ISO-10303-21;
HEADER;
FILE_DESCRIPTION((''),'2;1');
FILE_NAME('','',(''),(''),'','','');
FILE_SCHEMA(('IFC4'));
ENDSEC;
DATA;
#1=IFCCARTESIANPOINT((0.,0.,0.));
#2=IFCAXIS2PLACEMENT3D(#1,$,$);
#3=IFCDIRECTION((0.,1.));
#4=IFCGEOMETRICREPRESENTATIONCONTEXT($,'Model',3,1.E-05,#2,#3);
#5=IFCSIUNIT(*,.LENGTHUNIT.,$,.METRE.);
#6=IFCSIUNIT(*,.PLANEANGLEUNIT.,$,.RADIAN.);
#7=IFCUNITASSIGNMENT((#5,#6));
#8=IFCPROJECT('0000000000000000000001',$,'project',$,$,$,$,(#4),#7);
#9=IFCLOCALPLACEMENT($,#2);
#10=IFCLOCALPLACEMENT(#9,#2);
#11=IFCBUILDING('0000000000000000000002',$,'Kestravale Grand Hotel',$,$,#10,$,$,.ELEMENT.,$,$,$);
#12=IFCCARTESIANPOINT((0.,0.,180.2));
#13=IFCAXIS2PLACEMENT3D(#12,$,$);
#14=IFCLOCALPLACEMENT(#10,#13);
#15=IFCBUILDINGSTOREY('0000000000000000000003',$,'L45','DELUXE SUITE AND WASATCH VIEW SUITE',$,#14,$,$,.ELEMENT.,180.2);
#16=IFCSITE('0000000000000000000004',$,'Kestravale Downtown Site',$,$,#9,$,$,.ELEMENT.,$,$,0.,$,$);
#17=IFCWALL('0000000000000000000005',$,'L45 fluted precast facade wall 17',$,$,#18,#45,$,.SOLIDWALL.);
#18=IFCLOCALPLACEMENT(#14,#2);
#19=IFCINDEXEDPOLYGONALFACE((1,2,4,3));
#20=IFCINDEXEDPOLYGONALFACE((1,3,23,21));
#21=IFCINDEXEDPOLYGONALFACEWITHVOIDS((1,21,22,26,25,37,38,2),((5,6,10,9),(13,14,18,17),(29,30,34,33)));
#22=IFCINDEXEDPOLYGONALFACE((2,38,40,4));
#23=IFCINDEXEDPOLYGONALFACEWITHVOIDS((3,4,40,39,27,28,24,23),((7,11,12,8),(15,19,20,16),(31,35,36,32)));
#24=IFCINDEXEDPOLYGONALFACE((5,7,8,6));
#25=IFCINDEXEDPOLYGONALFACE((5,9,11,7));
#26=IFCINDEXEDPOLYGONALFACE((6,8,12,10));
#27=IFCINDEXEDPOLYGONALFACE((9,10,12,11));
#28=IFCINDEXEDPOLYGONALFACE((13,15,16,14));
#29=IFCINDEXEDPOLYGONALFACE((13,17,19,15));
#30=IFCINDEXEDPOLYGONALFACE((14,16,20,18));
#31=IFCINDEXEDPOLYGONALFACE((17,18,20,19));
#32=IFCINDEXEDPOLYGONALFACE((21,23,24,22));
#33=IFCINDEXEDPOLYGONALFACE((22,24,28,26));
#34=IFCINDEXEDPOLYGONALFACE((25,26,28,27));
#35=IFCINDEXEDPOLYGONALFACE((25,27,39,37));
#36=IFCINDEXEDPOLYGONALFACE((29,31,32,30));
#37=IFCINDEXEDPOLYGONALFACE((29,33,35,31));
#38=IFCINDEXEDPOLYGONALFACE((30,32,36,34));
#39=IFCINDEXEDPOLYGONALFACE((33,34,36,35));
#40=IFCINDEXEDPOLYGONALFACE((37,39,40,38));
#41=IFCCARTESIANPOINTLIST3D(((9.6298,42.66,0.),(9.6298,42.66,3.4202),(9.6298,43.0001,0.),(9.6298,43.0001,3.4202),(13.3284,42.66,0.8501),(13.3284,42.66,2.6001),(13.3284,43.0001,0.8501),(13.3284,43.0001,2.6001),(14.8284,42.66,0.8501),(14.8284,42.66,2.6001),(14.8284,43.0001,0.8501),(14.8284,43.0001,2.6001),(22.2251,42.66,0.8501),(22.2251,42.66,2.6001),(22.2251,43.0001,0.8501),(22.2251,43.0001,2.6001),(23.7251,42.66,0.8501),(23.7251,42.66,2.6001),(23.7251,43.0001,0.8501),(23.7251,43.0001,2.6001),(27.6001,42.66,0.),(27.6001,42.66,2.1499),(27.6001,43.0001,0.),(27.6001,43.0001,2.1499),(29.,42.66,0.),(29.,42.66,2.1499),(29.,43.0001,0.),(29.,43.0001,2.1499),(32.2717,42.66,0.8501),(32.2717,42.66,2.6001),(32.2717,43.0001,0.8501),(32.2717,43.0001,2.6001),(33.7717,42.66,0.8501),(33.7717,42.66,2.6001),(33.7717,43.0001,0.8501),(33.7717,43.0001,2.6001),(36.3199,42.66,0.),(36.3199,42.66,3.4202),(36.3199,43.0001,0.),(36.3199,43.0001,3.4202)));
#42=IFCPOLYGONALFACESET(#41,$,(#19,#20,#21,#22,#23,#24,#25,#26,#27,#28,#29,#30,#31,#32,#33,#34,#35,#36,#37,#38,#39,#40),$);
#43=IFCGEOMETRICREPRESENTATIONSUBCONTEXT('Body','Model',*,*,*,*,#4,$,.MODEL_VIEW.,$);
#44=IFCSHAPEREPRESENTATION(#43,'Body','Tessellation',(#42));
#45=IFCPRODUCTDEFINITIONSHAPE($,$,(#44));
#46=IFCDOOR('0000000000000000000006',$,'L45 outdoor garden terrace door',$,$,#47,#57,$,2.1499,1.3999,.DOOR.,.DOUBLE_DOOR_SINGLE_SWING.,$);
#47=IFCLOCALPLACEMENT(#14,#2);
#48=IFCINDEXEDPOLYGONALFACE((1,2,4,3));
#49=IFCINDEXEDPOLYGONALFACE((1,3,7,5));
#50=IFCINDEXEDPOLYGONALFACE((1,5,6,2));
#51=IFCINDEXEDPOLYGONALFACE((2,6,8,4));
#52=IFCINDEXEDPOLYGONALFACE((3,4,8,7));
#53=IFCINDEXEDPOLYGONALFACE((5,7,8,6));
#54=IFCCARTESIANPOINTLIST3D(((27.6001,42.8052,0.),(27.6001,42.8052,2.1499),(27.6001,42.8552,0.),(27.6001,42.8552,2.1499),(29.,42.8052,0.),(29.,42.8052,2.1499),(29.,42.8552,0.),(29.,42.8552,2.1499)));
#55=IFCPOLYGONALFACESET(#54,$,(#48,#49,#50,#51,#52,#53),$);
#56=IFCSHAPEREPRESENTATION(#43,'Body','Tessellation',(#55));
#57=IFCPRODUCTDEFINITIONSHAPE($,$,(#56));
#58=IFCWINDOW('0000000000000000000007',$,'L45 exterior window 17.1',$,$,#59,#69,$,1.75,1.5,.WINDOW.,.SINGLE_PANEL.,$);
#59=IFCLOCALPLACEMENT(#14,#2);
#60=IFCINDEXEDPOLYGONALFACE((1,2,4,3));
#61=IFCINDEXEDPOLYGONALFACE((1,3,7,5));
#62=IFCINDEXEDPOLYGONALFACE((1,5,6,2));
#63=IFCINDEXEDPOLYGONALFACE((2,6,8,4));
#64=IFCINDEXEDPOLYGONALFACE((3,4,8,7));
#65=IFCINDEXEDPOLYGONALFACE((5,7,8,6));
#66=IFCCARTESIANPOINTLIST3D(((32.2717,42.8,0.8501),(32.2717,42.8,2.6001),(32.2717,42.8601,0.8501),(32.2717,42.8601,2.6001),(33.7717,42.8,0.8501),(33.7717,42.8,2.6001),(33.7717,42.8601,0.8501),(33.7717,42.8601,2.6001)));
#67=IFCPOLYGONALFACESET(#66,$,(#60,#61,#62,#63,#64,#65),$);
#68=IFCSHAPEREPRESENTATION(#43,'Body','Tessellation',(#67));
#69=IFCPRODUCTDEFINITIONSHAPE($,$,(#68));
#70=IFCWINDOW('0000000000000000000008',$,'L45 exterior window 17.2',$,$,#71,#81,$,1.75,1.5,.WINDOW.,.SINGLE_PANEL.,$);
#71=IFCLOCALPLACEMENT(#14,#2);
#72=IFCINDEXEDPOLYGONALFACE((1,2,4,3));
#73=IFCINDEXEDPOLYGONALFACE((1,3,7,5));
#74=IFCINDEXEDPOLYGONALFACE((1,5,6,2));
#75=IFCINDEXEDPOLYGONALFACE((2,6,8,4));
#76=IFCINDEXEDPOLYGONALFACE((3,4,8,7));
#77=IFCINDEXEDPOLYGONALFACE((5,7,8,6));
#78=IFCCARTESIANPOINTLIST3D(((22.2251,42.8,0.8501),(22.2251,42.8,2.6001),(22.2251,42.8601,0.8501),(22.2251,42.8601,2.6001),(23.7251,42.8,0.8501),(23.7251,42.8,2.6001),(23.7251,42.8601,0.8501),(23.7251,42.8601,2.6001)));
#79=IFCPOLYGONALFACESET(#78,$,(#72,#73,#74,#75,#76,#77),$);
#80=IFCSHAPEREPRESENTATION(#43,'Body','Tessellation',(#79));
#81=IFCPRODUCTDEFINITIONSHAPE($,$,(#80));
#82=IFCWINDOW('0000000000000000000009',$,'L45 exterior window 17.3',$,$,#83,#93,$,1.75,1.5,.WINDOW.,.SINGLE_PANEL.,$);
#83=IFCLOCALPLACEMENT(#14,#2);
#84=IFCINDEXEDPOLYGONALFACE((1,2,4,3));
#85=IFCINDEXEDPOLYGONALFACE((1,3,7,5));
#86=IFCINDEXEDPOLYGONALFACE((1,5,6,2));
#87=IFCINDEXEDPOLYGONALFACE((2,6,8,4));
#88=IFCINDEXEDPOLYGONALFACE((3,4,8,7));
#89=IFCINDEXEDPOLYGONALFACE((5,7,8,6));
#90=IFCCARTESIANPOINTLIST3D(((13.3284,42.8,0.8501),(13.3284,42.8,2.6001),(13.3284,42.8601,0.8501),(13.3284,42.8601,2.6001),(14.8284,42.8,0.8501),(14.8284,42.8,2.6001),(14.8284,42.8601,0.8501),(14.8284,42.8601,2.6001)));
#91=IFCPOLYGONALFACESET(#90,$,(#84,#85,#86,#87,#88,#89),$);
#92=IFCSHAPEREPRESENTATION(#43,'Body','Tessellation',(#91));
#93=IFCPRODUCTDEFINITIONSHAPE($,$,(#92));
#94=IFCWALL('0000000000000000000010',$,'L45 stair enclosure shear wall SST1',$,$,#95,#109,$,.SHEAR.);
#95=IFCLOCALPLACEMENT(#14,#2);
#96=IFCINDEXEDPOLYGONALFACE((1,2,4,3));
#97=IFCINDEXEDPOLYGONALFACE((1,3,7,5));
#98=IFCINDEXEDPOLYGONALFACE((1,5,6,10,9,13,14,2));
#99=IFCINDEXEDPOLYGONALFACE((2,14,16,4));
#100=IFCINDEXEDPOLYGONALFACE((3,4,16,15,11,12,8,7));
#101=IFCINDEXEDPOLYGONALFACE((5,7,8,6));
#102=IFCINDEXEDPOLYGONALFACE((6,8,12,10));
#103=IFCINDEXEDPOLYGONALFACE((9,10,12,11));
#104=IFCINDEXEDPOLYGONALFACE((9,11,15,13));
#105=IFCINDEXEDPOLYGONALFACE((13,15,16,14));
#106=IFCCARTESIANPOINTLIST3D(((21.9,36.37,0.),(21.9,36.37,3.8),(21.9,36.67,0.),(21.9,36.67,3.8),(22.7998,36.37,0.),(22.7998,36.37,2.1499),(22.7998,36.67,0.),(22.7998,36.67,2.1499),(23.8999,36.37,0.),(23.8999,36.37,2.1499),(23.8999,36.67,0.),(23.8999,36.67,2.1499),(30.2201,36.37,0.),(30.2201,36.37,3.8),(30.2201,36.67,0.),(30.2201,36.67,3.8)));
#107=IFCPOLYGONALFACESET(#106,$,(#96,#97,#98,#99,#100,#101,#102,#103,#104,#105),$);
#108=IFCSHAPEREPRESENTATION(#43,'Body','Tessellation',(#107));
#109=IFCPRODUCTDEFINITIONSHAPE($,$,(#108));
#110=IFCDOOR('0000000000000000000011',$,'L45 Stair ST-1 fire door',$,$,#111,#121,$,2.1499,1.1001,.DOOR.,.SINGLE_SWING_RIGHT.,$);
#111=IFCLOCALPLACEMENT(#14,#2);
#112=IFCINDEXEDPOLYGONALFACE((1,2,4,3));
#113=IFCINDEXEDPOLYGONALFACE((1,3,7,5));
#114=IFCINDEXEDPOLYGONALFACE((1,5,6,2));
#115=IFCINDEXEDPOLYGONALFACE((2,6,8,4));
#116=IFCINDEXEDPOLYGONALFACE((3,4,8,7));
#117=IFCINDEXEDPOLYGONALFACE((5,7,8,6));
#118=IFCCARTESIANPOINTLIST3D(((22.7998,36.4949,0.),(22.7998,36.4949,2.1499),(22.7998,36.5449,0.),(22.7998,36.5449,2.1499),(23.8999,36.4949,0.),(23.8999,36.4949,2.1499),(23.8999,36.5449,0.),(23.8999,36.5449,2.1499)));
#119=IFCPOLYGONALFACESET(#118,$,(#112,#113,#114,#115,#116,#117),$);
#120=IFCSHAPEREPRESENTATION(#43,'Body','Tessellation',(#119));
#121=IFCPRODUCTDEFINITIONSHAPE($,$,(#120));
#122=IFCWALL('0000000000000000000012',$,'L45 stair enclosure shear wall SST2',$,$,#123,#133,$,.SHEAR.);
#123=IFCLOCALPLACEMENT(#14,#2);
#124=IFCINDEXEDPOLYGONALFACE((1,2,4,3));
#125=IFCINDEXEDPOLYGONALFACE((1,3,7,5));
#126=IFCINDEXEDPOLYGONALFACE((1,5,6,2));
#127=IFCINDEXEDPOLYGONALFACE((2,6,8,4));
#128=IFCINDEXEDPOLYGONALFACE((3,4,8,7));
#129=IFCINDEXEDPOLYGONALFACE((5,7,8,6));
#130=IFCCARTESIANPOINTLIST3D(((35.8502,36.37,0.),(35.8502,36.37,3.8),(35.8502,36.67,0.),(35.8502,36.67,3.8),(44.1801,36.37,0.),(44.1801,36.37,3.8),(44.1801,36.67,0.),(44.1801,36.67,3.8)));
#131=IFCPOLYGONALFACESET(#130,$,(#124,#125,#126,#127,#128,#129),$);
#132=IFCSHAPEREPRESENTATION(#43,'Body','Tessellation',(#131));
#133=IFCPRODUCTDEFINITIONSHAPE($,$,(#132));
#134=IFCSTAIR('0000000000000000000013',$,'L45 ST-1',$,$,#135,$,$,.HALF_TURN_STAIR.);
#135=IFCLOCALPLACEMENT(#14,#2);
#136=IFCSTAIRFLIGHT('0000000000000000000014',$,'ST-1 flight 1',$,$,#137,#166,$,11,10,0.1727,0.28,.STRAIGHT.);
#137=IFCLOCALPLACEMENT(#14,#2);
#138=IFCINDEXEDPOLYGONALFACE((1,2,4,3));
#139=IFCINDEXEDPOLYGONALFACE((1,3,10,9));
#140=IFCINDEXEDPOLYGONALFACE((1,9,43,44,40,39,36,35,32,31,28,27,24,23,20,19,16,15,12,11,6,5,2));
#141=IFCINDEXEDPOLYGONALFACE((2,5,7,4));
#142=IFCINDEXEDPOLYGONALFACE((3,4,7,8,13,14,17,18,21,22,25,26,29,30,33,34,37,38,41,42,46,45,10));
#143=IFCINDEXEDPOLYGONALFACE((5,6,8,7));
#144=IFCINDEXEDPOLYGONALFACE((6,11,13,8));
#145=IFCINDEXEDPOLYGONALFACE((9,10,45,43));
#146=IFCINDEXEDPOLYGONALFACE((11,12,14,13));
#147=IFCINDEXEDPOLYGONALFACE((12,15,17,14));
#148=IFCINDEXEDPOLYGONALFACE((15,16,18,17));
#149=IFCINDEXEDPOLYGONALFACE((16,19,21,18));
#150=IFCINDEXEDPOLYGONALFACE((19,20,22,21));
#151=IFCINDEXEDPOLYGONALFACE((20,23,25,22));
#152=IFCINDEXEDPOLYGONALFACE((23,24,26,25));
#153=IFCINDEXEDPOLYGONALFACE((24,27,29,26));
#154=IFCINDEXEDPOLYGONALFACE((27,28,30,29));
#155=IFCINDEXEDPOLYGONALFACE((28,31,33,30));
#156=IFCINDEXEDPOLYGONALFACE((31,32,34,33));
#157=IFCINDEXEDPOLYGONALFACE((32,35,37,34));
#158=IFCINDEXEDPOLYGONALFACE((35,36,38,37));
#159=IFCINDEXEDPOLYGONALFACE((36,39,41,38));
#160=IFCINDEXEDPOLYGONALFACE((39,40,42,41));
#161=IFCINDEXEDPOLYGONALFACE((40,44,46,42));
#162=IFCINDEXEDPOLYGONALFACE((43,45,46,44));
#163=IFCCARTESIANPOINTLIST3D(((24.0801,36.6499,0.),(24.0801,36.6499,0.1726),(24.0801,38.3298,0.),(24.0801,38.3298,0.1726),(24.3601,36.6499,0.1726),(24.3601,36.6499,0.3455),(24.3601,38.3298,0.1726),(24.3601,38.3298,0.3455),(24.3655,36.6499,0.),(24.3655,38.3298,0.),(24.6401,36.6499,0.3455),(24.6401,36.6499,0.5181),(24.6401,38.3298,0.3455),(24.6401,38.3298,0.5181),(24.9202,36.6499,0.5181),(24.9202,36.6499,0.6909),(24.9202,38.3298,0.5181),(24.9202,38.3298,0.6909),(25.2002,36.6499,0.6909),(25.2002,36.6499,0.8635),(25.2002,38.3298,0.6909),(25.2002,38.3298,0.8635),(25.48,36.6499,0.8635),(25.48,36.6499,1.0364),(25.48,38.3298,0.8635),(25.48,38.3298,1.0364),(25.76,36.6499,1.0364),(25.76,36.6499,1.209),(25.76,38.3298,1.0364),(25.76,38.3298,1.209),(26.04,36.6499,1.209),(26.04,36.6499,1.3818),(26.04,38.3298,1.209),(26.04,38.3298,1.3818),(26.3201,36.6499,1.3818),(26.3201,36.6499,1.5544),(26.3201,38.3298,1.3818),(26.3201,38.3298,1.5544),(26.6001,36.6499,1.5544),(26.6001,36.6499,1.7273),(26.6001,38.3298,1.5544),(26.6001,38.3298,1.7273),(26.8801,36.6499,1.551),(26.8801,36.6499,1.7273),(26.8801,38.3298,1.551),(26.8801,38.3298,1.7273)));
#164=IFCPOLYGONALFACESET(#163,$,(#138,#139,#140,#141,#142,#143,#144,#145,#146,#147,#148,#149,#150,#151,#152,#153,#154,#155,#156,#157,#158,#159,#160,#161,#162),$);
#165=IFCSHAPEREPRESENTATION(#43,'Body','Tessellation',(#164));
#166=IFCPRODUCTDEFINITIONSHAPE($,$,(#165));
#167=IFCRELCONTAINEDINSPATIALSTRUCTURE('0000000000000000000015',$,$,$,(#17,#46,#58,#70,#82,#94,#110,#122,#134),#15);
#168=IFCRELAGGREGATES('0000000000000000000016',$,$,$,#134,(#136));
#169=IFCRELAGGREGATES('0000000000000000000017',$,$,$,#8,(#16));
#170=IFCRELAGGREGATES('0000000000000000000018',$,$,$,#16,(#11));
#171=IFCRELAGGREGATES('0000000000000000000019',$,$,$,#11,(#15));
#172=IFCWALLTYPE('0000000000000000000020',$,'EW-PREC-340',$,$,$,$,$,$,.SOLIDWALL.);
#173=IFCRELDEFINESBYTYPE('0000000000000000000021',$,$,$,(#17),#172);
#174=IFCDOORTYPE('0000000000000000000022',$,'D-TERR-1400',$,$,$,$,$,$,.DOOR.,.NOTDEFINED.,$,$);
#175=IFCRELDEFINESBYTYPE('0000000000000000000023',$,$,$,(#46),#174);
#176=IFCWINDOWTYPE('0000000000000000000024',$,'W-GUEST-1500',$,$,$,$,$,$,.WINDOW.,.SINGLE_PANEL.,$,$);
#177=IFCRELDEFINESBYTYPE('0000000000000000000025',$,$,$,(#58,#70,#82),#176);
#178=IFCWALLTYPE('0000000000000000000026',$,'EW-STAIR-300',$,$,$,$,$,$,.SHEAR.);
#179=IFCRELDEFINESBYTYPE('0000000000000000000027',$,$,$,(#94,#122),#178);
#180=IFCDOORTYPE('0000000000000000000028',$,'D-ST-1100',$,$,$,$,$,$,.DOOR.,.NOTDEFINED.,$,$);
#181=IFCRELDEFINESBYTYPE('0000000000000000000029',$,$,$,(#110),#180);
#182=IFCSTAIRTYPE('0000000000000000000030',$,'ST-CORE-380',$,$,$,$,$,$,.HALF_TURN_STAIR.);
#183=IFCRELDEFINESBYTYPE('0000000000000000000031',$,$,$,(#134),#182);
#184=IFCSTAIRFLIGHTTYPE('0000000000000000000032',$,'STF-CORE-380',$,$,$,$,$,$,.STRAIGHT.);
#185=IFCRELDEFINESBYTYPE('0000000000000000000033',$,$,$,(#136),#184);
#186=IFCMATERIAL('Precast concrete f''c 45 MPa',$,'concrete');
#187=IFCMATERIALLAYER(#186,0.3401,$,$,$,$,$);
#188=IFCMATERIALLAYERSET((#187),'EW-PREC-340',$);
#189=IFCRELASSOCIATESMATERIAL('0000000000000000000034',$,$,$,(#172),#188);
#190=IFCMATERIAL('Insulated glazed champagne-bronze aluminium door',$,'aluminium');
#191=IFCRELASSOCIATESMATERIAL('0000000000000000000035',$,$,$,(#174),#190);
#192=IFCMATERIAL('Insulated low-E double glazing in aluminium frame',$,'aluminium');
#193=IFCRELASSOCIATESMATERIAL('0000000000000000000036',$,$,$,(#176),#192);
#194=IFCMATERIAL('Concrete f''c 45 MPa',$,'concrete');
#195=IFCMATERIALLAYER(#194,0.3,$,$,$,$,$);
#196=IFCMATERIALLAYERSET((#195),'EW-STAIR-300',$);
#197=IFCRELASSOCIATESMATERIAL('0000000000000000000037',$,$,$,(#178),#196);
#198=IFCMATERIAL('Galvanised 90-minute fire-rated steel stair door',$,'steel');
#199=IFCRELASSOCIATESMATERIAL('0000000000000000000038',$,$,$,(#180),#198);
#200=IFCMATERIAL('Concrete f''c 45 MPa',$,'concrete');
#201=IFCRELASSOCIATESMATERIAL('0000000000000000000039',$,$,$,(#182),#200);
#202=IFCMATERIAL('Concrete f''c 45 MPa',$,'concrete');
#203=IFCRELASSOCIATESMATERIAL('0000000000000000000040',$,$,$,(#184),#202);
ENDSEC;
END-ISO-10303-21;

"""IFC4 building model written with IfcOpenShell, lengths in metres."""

from ifc_helpers import new_model, si_unit, direction, frame, frame_2d, origin, place, context, subcontext, project, spatial, polyline, rectangle, outline, extrude, material, layer, layer_set, type_object, element, fill, aggregate, save


model = new_model("IFC4")

# Units and contexts
model_context = context("Model", 3, precision=1e-05, world=origin(), true_north=direction((0.0, 1.0)))
body_context = subcontext(model_context, "Body", "Model", "MODEL_VIEW")
ifc_project = project(units=[si_unit("LENGTHUNIT", "METRE"), si_unit("PLANEANGLEUNIT", "RADIAN")], contexts=[model_context])

# Site, building, storey
site_placement = place(None, origin())
site = spatial("IfcSite", under=ifc_project, at=site_placement, Name="Kestravale Downtown Site", CompositionType="ELEMENT", RefElevation=0.0)
building_placement = place(site_placement, origin())
building = spatial("IfcBuilding", under=site, at=building_placement, Name="Kestravale Grand Hotel", CompositionType="ELEMENT")
storey_placement = place(building_placement, frame((0.0, 0.0, 180.2)))
storey = spatial("IfcBuildingStorey", under=building, at=storey_placement, Name="L45", Description="DELUXE SUITE AND WASATCH VIEW SUITE", CompositionType="ELEMENT", Elevation=180.2)

# Wall, openings, door, windows
ifc_material_1 = material(Name="Precast concrete f'c 45 MPa", Category="concrete")
ifc_layer_1 = layer(ifc_material_1, 0.3401)
ifc_layer_set_1 = layer_set([ifc_layer_1], Name="EW-PREC-340")
wall_type_1 = type_object("IfcWallType", Name="EW-PREC-340", PredefinedType="SOLIDWALL", material=ifc_layer_set_1)
wall_1_placement = place(storey_placement, frame((36.3201, 42.8301, 0.0), z_axis=(0.0, 0.0, 1.0), x_axis=(-1.0, 0.0, 0.0)))
wall_1 = element("IfcWall", 1, at=wall_1_placement, inside=storey, type_object=wall_type_1, Name="L45 fluted precast facade wall 17", PredefinedType="SOLIDWALL", context=body_context, shape_type="SweptSolid", body=[
    extrude(rectangle(XDim=26.6902, YDim=0.3401, at=frame_2d((13.3452, 0.0))), origin(), (0.0, 0.0, 1.0), 3.4202),
])
opening_1_placement = place(wall_1_placement, frame((7.3201, 0.0, 0.0)))
opening_1 = element("IfcOpeningElement", 2, at=opening_1_placement, cuts=wall_1, PredefinedType="OPENING", context=body_context, shape_type="SweptSolid", body=[
    extrude(rectangle(XDim=1.3999, YDim=2.1499, at=frame_2d((0.7, 1.075))), frame((0.0, 0.1799, 0.0), z_axis=(0.0, -1.0, 0.0), x_axis=(1.0, 0.0, 0.0)), (0.0, 0.0, 1.0), 0.3601),
])
opening_2_placement = place(wall_1_placement, frame((2.5483, 0.0, 0.8501)))
opening_2 = element("IfcOpeningElement", 3, at=opening_2_placement, cuts=wall_1, PredefinedType="OPENING", context=body_context, shape_type="SweptSolid", body=[
    extrude(rectangle(XDim=1.5, YDim=1.75, at=frame_2d((0.75, 0.875))), frame((0.0, 0.1799, 0.0), z_axis=(0.0, -1.0, 0.0), x_axis=(1.0, 0.0, 0.0)), (0.0, 0.0, 1.0), 0.3601),
])
opening_3_placement = place(wall_1_placement, frame((12.595, 0.0, 0.8501)))
opening_3 = element("IfcOpeningElement", 4, at=opening_3_placement, cuts=wall_1, PredefinedType="OPENING", context=body_context, shape_type="SweptSolid", body=[
    extrude(rectangle(XDim=1.5, YDim=1.75, at=frame_2d((0.75, 0.875))), frame((0.0, 0.1799, 0.0), z_axis=(0.0, -1.0, 0.0), x_axis=(1.0, 0.0, 0.0)), (0.0, 0.0, 1.0), 0.3601),
])
opening_4_placement = place(wall_1_placement, frame((21.4917, 0.0, 0.8501)))
opening_4 = element("IfcOpeningElement", 5, at=opening_4_placement, cuts=wall_1, PredefinedType="OPENING", context=body_context, shape_type="SweptSolid", body=[
    extrude(rectangle(XDim=1.5, YDim=1.75, at=frame_2d((0.75, 0.875))), frame((0.0, 0.1799, 0.0), z_axis=(0.0, -1.0, 0.0), x_axis=(1.0, 0.0, 0.0)), (0.0, 0.0, 1.0), 0.3601),
])
ifc_material_2 = material(Name="Insulated glazed champagne-bronze aluminium door", Category="aluminium")
door_type_1 = type_object("IfcDoorType", Name="D-TERR-1400", OperationType="NOTDEFINED", PredefinedType="DOOR", material=ifc_material_2)
door_1_placement = place(opening_1_placement, origin())
door_1 = element("IfcDoor", 6, at=door_1_placement, inside=storey, type_object=door_type_1, Name="L45 outdoor garden terrace door", OperationType="DOUBLE_DOOR_SINGLE_SWING", OverallHeight=2.1499, OverallWidth=1.3999, PredefinedType="DOOR", context=body_context, shape_type="SweptSolid", body=[
    extrude(rectangle(XDim=1.3999, YDim=2.1499, at=frame_2d((0.7, 1.075))), frame((0.0, 0.0249, 0.0), z_axis=(0.0, -1.0, 0.0), x_axis=(1.0, 0.0, 0.0)), (0.0, 0.0, 1.0), 0.05),
])
fill(opening_1, door_1)
ifc_material_3 = material(Name="Insulated low-E double glazing in aluminium frame", Category="aluminium")
window_type = type_object("IfcWindowType", Name="W-GUEST-1500", PartitioningType="SINGLE_PANEL", PredefinedType="WINDOW", material=ifc_material_3)
window_1_placement = place(opening_2_placement, origin())
window_1 = element("IfcWindow", 7, at=window_1_placement, inside=storey, type_object=window_type, Name="L45 exterior window 17.1", OverallHeight=1.75, OverallWidth=1.5, PartitioningType="SINGLE_PANEL", PredefinedType="WINDOW", context=body_context, shape_type="SweptSolid", body=[
    extrude(rectangle(XDim=1.5, YDim=1.75, at=frame_2d((0.75, 0.875))), frame((0.0, 0.03, 0.0), z_axis=(0.0, -1.0, 0.0), x_axis=(1.0, 0.0, 0.0)), (0.0, 0.0, 1.0), 0.0601),
])
fill(opening_2, window_1)
window_2_placement = place(opening_3_placement, origin())
window_2 = element("IfcWindow", 8, at=window_2_placement, inside=storey, type_object=window_type, Name="L45 exterior window 17.2", OverallHeight=1.75, OverallWidth=1.5, PartitioningType="SINGLE_PANEL", PredefinedType="WINDOW", context=body_context, shape_type="SweptSolid", body=[
    extrude(rectangle(XDim=1.5, YDim=1.75, at=frame_2d((0.75, 0.875))), frame((0.0, 0.03, 0.0), z_axis=(0.0, -1.0, 0.0), x_axis=(1.0, 0.0, 0.0)), (0.0, 0.0, 1.0), 0.0601),
])
fill(opening_3, window_2)
window_3_placement = place(opening_4_placement, origin())
window_3 = element("IfcWindow", 9, at=window_3_placement, inside=storey, type_object=window_type, Name="L45 exterior window 17.3", OverallHeight=1.75, OverallWidth=1.5, PartitioningType="SINGLE_PANEL", PredefinedType="WINDOW", context=body_context, shape_type="SweptSolid", body=[
    extrude(rectangle(XDim=1.5, YDim=1.75, at=frame_2d((0.75, 0.875))), frame((0.0, 0.03, 0.0), z_axis=(0.0, -1.0, 0.0), x_axis=(1.0, 0.0, 0.0)), (0.0, 0.0, 1.0), 0.0601),
])
fill(opening_4, window_3)

# Wall, opening, door
ifc_material_4 = material(Name="Concrete f'c 45 MPa", Category="concrete")
ifc_layer_2 = layer(ifc_material_4, 0.3)
ifc_layer_set_2 = layer_set([ifc_layer_2], Name="EW-STAIR-300")
wall_type_2 = type_object("IfcWallType", Name="EW-STAIR-300", PredefinedType="SHEAR", material=ifc_layer_set_2)
wall_2_placement = place(storey_placement, frame((21.8999, 36.52, 0.0), z_axis=(0.0, 0.0, 1.0), x_axis=(1.0, 0.0, 0.0)))
wall_2 = element("IfcWall", 10, at=wall_2_placement, inside=storey, type_object=wall_type_2, Name="L45 stair enclosure shear wall SST1", PredefinedType="SHEAR", context=body_context, shape_type="SweptSolid", body=[
    extrude(rectangle(XDim=8.3201, YDim=0.3, at=frame_2d((4.1602, 0.0))), origin(), (0.0, 0.0, 1.0), 3.8),
])
opening_5_placement = place(wall_2_placement, frame((0.8999, 0.0, 0.0)))
opening_5 = element("IfcOpeningElement", 11, at=opening_5_placement, cuts=wall_2, PredefinedType="OPENING", context=body_context, shape_type="SweptSolid", body=[
    extrude(rectangle(XDim=1.1001, YDim=2.1499, at=frame_2d((0.55, 1.075))), frame((0.0, 0.1599, 0.0), z_axis=(0.0, -1.0, 0.0), x_axis=(1.0, 0.0, 0.0)), (0.0, 0.0, 1.0), 0.3201),
])
ifc_material_5 = material(Name="Galvanised 90-minute fire-rated steel stair door", Category="steel")
door_type_2 = type_object("IfcDoorType", Name="D-ST-1100", OperationType="NOTDEFINED", PredefinedType="DOOR", material=ifc_material_5)
door_2_placement = place(opening_5_placement, origin())
door_2 = element("IfcDoor", 12, at=door_2_placement, inside=storey, type_object=door_type_2, Name="L45 Stair ST-1 fire door", OperationType="SINGLE_SWING_RIGHT", OverallHeight=2.1499, OverallWidth=1.1001, PredefinedType="DOOR", context=body_context, shape_type="SweptSolid", body=[
    extrude(rectangle(XDim=1.1001, YDim=2.1499, at=frame_2d((0.55, 1.075))), frame((0.0, 0.0249, 0.0), z_axis=(0.0, -1.0, 0.0), x_axis=(1.0, 0.0, 0.0)), (0.0, 0.0, 1.0), 0.05),
])
fill(opening_5, door_2)

# Wall
wall_3_placement = place(storey_placement, frame((35.8501, 36.52, 0.0), z_axis=(0.0, 0.0, 1.0), x_axis=(1.0, 0.0, 0.0)))
element("IfcWall", 13, at=wall_3_placement, inside=storey, type_object=wall_type_2, Name="L45 stair enclosure shear wall SST2", PredefinedType="SHEAR", context=body_context, shape_type="SweptSolid", body=[
    extrude(rectangle(XDim=8.3298, YDim=0.3, at=frame_2d((4.165, 0.0))), origin(), (0.0, 0.0, 1.0), 3.8),
])

# Stair, stair flight
ifc_material_6 = material(Name="Concrete f'c 45 MPa", Category="concrete")
stair_type = type_object("IfcStairType", Name="ST-CORE-380", PredefinedType="HALF_TURN_STAIR", material=ifc_material_6)
stair_placement = place(storey_placement, origin())
stair = element("IfcStair", 14, at=stair_placement, inside=storey, type_object=stair_type, Name="L45 ST-1", PredefinedType="HALF_TURN_STAIR")
ifc_material_7 = material(Name="Concrete f'c 45 MPa", Category="concrete")
stair_flight_type = type_object("IfcStairFlightType", Name="STF-CORE-380", PredefinedType="STRAIGHT", material=ifc_material_7)
stair_flight_1_placement = place(storey_placement, frame((24.0801, 37.49, 0.0), z_axis=(0.0, 0.0, 1.0), x_axis=(1.0, 0.0, 0.0)))
stair_flight_1 = element("IfcStairFlight", 15, at=stair_flight_1_placement, type_object=stair_flight_type, Name="ST-1 flight 1", NumberOfRisers=11, NumberOfTreads=10, PredefinedType="STRAIGHT", RiserHeight=0.1727, TreadLength=0.28, context=body_context, shape_type="SweptSolid", body=[
    extrude(outline(polyline([(0.0, 0.0), (0.0, 0.1726), (0.28, 0.1726), (0.28, 0.3455), (0.5601, 0.3455), (0.5601, 0.5181), (0.8401, 0.5181), (0.8401, 0.6909), (1.1201, 0.6909), (1.1201, 0.8635), (1.3999, 0.8635), (1.3999, 1.0364), (1.6799, 1.0364), (1.6799, 1.209), (1.96, 1.209), (1.96, 1.3818), (2.24, 1.3818), (2.24, 1.5544), (2.52, 1.5544), (2.52, 1.7273), (2.8, 1.7273), (2.8, 1.8999), (2.8, 1.551), (0.2854, 0.0), (0.0, 0.0)])), frame((0.0, 0.8398, 0.0), z_axis=(0.0, -1.0, 0.0), x_axis=(1.0, 0.0, 0.0)), (0.0, 0.0, 1.0), 1.6799),
])
aggregate(stair, [stair_flight_1])

save(model, "model.ifc")
